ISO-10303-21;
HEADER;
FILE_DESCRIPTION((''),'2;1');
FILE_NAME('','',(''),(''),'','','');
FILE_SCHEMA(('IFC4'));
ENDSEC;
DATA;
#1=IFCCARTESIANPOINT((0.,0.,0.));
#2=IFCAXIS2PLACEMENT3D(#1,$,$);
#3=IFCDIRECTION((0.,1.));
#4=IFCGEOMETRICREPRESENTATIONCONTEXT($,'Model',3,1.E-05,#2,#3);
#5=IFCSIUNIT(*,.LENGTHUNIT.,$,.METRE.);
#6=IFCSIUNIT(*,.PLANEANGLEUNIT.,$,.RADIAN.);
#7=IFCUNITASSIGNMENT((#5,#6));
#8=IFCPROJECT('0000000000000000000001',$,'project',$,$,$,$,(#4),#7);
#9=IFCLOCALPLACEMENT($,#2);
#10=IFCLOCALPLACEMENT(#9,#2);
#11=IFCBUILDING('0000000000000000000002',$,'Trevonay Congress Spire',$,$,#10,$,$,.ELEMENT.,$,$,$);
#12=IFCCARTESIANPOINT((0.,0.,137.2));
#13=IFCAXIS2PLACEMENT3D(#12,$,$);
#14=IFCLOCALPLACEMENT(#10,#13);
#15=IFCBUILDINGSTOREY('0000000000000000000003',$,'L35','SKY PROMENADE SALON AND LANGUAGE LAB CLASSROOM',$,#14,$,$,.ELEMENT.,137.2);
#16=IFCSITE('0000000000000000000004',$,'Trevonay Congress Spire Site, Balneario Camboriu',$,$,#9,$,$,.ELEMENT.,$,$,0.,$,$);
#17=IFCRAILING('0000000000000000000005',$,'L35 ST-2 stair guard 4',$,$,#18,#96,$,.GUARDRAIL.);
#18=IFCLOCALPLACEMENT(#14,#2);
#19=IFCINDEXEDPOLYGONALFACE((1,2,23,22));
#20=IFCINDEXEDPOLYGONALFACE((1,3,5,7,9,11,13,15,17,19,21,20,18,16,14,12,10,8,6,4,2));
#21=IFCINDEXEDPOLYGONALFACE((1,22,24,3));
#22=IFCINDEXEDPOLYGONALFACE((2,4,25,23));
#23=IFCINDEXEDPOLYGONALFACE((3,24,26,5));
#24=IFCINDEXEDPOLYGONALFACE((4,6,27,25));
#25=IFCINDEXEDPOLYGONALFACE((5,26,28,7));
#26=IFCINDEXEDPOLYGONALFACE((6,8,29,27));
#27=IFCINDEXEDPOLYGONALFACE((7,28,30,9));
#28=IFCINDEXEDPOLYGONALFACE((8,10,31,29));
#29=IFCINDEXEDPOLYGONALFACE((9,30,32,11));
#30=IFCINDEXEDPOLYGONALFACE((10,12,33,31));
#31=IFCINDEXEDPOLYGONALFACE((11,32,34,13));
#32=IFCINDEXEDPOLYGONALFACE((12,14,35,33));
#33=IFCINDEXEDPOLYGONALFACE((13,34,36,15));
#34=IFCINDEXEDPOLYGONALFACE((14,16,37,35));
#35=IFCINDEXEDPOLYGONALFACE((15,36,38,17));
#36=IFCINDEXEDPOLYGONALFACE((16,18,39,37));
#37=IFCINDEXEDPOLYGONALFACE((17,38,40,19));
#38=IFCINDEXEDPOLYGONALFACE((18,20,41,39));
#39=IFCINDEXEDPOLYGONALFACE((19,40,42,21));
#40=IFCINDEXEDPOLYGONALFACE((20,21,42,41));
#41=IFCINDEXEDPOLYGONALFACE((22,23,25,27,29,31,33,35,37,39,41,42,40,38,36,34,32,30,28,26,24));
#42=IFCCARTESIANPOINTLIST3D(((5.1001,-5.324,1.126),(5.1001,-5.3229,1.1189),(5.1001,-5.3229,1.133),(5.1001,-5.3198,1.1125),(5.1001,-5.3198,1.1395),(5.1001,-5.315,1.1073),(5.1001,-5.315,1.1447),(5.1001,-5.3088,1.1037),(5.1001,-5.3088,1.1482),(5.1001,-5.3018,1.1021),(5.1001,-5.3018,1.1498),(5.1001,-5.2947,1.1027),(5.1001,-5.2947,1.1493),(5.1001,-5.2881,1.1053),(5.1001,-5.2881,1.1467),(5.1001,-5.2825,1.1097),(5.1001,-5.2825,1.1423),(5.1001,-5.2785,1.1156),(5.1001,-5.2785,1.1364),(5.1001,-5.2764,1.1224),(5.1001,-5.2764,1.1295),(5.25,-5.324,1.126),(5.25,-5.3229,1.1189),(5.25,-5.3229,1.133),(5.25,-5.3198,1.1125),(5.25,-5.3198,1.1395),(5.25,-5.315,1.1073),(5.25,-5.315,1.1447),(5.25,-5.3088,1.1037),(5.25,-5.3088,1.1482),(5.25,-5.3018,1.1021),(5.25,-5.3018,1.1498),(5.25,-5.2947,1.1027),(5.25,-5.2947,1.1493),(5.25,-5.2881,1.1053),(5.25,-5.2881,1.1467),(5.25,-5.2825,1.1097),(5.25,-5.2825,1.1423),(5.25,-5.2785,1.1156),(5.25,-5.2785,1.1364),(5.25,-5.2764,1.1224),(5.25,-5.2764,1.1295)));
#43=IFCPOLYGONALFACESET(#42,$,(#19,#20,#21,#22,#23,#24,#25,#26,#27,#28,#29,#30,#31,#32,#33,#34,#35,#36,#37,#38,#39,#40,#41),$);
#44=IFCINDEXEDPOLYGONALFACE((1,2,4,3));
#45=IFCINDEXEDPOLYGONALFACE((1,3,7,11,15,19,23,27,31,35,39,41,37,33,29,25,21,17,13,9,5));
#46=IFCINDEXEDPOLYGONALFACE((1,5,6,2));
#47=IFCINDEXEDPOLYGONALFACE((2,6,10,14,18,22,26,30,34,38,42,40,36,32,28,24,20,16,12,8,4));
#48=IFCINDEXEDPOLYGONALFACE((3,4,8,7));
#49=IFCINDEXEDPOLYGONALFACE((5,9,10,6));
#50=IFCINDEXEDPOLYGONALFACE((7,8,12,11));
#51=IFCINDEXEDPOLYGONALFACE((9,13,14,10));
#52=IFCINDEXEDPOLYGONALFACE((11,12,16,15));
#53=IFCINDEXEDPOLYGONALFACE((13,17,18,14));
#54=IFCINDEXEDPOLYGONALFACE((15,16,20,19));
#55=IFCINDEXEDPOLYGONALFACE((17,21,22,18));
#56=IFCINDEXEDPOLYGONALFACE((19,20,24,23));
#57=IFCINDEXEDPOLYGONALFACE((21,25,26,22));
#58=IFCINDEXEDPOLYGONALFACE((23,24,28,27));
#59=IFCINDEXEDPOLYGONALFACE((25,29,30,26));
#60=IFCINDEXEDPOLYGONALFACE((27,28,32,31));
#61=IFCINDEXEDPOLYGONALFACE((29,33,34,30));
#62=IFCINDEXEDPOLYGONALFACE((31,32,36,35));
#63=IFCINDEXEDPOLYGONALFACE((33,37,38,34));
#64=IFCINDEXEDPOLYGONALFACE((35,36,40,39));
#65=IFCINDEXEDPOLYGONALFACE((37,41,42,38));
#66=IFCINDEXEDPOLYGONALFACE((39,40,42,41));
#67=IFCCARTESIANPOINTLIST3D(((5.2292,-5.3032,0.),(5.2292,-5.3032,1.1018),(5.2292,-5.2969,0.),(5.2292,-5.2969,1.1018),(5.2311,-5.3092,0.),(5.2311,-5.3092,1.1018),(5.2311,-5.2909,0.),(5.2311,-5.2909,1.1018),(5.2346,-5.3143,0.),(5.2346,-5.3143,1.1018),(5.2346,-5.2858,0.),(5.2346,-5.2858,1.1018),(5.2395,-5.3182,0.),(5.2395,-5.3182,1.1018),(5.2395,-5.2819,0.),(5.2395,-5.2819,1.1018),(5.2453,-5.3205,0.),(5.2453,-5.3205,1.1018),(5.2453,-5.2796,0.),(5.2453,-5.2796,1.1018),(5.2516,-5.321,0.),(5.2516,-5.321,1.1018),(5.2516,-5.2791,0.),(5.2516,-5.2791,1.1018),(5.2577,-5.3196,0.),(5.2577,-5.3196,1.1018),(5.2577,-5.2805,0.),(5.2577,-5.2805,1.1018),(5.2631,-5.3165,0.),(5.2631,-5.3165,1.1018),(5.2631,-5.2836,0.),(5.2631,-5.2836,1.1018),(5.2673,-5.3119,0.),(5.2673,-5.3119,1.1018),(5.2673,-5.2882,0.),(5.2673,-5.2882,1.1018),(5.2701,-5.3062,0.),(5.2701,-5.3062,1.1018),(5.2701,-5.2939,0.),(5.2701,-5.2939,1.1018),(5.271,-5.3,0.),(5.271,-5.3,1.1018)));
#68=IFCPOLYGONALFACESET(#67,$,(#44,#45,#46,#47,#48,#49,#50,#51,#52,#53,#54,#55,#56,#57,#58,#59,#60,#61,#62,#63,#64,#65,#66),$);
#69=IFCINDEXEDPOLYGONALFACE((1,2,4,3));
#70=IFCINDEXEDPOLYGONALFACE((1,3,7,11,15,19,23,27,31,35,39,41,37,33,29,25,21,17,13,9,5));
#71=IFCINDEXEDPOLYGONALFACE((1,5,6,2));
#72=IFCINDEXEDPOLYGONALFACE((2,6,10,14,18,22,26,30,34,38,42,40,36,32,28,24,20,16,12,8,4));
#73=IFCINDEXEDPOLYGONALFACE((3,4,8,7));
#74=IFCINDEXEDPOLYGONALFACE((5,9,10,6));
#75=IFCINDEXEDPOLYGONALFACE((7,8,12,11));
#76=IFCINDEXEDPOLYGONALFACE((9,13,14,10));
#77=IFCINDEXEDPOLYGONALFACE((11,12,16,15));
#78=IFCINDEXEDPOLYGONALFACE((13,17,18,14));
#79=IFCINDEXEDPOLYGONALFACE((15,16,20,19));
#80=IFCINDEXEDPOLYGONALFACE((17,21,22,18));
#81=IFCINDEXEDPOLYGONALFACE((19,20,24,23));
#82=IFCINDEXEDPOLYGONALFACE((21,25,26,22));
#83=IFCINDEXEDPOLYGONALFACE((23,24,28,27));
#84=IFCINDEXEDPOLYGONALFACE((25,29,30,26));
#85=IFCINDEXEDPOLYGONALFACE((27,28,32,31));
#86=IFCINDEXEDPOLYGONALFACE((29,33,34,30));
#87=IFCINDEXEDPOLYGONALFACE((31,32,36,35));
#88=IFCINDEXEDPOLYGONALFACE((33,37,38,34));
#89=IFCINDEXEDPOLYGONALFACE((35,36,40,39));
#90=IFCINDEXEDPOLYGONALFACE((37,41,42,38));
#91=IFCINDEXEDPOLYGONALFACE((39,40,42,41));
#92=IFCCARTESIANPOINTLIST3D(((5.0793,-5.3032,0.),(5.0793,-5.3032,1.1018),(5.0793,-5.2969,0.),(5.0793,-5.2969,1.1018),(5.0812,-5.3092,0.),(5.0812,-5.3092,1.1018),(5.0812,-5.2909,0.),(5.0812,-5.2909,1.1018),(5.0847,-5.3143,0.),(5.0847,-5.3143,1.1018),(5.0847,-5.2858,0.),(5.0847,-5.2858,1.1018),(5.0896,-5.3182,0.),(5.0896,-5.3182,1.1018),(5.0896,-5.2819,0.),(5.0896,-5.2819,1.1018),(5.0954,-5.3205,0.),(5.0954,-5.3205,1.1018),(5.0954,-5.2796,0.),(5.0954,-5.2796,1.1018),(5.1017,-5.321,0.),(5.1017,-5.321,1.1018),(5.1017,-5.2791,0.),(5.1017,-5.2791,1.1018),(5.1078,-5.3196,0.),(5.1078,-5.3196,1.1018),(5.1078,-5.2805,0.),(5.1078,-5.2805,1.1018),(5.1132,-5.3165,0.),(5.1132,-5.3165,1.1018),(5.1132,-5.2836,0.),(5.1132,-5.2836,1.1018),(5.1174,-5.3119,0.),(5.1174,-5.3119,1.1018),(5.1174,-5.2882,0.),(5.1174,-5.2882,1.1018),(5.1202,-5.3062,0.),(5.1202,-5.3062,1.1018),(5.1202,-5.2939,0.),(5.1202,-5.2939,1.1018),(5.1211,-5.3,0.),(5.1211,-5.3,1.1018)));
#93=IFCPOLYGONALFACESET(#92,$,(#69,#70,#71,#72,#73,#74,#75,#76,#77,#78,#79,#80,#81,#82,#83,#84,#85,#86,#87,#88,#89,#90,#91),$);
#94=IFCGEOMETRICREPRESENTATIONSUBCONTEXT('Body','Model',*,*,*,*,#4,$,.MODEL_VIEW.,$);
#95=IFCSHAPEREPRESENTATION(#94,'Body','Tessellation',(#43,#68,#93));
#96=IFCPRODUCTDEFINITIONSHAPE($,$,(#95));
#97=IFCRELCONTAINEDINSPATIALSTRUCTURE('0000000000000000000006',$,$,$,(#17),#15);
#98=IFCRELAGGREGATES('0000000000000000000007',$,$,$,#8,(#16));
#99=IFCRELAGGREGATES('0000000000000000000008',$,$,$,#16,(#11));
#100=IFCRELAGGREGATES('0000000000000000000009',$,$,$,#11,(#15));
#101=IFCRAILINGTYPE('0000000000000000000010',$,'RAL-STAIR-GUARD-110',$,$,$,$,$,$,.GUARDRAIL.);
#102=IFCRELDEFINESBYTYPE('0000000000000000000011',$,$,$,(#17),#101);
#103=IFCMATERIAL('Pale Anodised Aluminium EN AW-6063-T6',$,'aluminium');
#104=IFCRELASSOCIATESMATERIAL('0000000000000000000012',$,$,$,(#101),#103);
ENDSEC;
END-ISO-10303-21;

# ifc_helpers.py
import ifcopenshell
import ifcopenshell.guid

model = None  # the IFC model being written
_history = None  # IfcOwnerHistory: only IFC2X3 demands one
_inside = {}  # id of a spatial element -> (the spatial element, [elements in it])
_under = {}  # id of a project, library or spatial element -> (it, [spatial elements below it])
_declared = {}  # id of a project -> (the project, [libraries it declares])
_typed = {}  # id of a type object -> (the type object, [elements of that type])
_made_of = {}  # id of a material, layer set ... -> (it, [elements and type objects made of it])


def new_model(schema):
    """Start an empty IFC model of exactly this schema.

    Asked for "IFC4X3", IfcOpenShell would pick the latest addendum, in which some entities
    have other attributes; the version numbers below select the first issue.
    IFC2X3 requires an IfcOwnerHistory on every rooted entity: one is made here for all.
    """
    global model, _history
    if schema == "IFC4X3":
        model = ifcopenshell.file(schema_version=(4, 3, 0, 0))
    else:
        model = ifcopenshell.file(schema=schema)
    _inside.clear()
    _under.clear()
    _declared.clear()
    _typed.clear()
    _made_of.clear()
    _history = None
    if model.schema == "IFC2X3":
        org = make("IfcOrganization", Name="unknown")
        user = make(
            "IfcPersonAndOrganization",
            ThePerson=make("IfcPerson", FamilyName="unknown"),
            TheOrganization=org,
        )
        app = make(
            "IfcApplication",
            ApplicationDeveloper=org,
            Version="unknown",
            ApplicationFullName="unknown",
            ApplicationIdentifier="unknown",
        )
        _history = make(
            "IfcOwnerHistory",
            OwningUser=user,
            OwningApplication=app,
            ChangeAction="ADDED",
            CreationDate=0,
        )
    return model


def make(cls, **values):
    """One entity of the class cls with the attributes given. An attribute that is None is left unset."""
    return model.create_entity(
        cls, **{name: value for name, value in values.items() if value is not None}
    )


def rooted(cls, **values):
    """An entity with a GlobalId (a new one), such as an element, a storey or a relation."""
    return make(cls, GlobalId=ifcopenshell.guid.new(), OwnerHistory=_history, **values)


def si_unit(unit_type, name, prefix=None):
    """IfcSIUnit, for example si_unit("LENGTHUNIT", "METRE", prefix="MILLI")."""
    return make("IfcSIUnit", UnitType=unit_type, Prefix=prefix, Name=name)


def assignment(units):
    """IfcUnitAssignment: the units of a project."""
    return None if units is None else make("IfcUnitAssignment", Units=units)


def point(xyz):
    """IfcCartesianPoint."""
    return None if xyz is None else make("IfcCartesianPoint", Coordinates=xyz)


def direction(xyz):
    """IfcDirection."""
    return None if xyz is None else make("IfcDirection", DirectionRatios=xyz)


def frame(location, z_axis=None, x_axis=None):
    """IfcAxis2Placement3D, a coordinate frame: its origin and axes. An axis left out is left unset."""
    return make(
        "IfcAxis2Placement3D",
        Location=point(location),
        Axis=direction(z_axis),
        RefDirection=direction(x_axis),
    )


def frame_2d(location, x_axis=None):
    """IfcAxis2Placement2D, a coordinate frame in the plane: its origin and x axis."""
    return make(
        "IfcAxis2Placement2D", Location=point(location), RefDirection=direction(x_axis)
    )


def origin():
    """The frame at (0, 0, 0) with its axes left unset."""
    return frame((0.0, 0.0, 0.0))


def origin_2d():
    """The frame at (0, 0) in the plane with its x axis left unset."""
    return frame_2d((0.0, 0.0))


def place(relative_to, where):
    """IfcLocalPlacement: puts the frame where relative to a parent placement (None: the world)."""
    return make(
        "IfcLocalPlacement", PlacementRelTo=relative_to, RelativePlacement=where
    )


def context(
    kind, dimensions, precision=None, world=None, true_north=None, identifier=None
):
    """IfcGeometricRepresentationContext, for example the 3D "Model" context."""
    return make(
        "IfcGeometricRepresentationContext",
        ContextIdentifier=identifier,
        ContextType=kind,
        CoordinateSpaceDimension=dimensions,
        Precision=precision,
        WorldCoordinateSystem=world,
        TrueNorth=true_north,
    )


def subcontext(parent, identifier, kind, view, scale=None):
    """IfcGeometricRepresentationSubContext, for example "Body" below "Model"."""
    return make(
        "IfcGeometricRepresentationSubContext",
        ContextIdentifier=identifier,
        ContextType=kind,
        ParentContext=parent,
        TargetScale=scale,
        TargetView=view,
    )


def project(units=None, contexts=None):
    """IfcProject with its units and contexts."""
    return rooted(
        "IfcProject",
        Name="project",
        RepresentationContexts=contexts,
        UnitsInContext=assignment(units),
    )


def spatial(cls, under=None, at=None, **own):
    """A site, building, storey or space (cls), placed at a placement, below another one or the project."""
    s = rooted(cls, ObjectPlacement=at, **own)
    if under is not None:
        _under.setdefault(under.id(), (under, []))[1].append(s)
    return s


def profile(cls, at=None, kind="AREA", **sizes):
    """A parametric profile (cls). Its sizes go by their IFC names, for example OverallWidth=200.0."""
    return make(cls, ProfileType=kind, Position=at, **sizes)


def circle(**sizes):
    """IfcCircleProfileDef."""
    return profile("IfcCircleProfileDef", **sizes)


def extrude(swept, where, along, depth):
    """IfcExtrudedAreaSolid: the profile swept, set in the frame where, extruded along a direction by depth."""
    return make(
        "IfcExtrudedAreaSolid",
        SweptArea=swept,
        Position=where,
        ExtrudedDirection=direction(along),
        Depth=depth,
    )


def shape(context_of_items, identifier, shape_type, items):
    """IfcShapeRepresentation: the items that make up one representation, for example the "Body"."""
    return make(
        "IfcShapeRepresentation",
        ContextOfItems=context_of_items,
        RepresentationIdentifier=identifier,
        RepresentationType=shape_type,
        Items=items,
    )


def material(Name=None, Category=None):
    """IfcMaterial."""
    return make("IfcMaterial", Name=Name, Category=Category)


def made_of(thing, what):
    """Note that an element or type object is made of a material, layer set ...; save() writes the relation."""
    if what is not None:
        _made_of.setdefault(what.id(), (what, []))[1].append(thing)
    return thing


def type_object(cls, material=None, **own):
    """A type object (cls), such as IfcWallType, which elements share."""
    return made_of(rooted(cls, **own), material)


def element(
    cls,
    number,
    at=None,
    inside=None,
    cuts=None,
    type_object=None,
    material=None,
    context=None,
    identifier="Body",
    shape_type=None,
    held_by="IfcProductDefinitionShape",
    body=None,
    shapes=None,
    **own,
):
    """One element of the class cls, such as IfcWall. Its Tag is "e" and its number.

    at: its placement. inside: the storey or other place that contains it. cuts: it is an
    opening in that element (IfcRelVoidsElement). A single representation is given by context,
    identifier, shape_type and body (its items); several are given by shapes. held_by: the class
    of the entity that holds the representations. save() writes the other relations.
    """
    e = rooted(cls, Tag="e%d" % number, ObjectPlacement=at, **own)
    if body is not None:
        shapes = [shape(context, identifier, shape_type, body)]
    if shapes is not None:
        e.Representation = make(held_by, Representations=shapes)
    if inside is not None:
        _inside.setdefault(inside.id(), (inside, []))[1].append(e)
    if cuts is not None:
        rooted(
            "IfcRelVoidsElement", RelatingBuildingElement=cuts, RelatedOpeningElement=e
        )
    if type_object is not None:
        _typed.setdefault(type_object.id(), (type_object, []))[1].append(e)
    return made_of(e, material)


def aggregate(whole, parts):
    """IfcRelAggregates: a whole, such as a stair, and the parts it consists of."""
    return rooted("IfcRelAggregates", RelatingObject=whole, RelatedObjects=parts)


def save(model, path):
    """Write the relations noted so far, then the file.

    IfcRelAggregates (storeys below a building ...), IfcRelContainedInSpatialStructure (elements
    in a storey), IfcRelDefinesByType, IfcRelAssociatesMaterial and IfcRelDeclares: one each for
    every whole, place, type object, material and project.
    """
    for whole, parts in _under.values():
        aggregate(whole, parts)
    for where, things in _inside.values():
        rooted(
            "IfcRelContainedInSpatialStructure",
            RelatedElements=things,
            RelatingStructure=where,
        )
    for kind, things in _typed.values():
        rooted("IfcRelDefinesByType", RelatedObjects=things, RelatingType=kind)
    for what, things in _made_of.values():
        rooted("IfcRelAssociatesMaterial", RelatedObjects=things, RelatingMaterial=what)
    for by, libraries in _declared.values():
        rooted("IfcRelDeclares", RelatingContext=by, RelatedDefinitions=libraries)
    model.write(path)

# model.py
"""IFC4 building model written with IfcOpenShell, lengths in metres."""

from ifc_helpers import new_model, si_unit, direction, frame, origin, origin_2d, place, context, subcontext, project, spatial, circle, extrude, material, type_object, element, save


model = new_model("IFC4")

# Units and contexts
model_context = context("Model", 3, precision=1e-05, world=origin(), true_north=direction((0.0, 1.0)))
body_context = subcontext(model_context, "Body", "Model", "MODEL_VIEW")
ifc_project = project(units=[si_unit("LENGTHUNIT", "METRE"), si_unit("PLANEANGLEUNIT", "RADIAN")], contexts=[model_context])

# Site, building, storey
site_placement = place(None, origin())
site = spatial("IfcSite", under=ifc_project, at=site_placement, Name="Trevonay Congress Spire Site, Balneario Camboriu", CompositionType="ELEMENT", RefElevation=0.0)
building_placement = place(site_placement, origin())
building = spatial("IfcBuilding", under=site, at=building_placement, Name="Trevonay Congress Spire", CompositionType="ELEMENT")
storey_placement = place(building_placement, frame((0.0, 0.0, 137.2)))
storey = spatial("IfcBuildingStorey", under=building, at=storey_placement, Name="L35", Description="SKY PROMENADE SALON AND LANGUAGE LAB CLASSROOM", CompositionType="ELEMENT", Elevation=137.2)

# Railing
ifc_material_1 = material(Name="Pale Anodised Aluminium EN AW-6063-T6", Category="aluminium")
railing_type_1 = type_object("IfcRailingType", Name="RAL-STAIR-GUARD-110", PredefinedType="GUARDRAIL", material=ifc_material_1)
railing_1_placement = place(storey_placement, frame((5.25, -5.3, 0.0)))
element("IfcRailing", 1, at=railing_1_placement, inside=storey, type_object=railing_type_1, Name="L35 ST-2 stair guard 4", PredefinedType="GUARDRAIL", context=body_context, shape_type="SweptSolid", body=[
    extrude(circle(Radius=0.0239, at=origin_2d()), frame((0.0, 0.0, 1.126), z_axis=(-1.0, 0.0, 0.0), x_axis=(0.0, -1.0, 0.0)), (0.0, 0.0, 1.0), 0.1499),
    extrude(circle(Radius=0.021, at=origin_2d()), origin(), (0.0, 0.0, 1.0), 1.1018),
    extrude(circle(Radius=0.021, at=origin_2d()), frame((-0.1499, 0.0, 0.0)), (0.0, 0.0, 1.0), 1.1018),
])

save(model, "model.ifc")
